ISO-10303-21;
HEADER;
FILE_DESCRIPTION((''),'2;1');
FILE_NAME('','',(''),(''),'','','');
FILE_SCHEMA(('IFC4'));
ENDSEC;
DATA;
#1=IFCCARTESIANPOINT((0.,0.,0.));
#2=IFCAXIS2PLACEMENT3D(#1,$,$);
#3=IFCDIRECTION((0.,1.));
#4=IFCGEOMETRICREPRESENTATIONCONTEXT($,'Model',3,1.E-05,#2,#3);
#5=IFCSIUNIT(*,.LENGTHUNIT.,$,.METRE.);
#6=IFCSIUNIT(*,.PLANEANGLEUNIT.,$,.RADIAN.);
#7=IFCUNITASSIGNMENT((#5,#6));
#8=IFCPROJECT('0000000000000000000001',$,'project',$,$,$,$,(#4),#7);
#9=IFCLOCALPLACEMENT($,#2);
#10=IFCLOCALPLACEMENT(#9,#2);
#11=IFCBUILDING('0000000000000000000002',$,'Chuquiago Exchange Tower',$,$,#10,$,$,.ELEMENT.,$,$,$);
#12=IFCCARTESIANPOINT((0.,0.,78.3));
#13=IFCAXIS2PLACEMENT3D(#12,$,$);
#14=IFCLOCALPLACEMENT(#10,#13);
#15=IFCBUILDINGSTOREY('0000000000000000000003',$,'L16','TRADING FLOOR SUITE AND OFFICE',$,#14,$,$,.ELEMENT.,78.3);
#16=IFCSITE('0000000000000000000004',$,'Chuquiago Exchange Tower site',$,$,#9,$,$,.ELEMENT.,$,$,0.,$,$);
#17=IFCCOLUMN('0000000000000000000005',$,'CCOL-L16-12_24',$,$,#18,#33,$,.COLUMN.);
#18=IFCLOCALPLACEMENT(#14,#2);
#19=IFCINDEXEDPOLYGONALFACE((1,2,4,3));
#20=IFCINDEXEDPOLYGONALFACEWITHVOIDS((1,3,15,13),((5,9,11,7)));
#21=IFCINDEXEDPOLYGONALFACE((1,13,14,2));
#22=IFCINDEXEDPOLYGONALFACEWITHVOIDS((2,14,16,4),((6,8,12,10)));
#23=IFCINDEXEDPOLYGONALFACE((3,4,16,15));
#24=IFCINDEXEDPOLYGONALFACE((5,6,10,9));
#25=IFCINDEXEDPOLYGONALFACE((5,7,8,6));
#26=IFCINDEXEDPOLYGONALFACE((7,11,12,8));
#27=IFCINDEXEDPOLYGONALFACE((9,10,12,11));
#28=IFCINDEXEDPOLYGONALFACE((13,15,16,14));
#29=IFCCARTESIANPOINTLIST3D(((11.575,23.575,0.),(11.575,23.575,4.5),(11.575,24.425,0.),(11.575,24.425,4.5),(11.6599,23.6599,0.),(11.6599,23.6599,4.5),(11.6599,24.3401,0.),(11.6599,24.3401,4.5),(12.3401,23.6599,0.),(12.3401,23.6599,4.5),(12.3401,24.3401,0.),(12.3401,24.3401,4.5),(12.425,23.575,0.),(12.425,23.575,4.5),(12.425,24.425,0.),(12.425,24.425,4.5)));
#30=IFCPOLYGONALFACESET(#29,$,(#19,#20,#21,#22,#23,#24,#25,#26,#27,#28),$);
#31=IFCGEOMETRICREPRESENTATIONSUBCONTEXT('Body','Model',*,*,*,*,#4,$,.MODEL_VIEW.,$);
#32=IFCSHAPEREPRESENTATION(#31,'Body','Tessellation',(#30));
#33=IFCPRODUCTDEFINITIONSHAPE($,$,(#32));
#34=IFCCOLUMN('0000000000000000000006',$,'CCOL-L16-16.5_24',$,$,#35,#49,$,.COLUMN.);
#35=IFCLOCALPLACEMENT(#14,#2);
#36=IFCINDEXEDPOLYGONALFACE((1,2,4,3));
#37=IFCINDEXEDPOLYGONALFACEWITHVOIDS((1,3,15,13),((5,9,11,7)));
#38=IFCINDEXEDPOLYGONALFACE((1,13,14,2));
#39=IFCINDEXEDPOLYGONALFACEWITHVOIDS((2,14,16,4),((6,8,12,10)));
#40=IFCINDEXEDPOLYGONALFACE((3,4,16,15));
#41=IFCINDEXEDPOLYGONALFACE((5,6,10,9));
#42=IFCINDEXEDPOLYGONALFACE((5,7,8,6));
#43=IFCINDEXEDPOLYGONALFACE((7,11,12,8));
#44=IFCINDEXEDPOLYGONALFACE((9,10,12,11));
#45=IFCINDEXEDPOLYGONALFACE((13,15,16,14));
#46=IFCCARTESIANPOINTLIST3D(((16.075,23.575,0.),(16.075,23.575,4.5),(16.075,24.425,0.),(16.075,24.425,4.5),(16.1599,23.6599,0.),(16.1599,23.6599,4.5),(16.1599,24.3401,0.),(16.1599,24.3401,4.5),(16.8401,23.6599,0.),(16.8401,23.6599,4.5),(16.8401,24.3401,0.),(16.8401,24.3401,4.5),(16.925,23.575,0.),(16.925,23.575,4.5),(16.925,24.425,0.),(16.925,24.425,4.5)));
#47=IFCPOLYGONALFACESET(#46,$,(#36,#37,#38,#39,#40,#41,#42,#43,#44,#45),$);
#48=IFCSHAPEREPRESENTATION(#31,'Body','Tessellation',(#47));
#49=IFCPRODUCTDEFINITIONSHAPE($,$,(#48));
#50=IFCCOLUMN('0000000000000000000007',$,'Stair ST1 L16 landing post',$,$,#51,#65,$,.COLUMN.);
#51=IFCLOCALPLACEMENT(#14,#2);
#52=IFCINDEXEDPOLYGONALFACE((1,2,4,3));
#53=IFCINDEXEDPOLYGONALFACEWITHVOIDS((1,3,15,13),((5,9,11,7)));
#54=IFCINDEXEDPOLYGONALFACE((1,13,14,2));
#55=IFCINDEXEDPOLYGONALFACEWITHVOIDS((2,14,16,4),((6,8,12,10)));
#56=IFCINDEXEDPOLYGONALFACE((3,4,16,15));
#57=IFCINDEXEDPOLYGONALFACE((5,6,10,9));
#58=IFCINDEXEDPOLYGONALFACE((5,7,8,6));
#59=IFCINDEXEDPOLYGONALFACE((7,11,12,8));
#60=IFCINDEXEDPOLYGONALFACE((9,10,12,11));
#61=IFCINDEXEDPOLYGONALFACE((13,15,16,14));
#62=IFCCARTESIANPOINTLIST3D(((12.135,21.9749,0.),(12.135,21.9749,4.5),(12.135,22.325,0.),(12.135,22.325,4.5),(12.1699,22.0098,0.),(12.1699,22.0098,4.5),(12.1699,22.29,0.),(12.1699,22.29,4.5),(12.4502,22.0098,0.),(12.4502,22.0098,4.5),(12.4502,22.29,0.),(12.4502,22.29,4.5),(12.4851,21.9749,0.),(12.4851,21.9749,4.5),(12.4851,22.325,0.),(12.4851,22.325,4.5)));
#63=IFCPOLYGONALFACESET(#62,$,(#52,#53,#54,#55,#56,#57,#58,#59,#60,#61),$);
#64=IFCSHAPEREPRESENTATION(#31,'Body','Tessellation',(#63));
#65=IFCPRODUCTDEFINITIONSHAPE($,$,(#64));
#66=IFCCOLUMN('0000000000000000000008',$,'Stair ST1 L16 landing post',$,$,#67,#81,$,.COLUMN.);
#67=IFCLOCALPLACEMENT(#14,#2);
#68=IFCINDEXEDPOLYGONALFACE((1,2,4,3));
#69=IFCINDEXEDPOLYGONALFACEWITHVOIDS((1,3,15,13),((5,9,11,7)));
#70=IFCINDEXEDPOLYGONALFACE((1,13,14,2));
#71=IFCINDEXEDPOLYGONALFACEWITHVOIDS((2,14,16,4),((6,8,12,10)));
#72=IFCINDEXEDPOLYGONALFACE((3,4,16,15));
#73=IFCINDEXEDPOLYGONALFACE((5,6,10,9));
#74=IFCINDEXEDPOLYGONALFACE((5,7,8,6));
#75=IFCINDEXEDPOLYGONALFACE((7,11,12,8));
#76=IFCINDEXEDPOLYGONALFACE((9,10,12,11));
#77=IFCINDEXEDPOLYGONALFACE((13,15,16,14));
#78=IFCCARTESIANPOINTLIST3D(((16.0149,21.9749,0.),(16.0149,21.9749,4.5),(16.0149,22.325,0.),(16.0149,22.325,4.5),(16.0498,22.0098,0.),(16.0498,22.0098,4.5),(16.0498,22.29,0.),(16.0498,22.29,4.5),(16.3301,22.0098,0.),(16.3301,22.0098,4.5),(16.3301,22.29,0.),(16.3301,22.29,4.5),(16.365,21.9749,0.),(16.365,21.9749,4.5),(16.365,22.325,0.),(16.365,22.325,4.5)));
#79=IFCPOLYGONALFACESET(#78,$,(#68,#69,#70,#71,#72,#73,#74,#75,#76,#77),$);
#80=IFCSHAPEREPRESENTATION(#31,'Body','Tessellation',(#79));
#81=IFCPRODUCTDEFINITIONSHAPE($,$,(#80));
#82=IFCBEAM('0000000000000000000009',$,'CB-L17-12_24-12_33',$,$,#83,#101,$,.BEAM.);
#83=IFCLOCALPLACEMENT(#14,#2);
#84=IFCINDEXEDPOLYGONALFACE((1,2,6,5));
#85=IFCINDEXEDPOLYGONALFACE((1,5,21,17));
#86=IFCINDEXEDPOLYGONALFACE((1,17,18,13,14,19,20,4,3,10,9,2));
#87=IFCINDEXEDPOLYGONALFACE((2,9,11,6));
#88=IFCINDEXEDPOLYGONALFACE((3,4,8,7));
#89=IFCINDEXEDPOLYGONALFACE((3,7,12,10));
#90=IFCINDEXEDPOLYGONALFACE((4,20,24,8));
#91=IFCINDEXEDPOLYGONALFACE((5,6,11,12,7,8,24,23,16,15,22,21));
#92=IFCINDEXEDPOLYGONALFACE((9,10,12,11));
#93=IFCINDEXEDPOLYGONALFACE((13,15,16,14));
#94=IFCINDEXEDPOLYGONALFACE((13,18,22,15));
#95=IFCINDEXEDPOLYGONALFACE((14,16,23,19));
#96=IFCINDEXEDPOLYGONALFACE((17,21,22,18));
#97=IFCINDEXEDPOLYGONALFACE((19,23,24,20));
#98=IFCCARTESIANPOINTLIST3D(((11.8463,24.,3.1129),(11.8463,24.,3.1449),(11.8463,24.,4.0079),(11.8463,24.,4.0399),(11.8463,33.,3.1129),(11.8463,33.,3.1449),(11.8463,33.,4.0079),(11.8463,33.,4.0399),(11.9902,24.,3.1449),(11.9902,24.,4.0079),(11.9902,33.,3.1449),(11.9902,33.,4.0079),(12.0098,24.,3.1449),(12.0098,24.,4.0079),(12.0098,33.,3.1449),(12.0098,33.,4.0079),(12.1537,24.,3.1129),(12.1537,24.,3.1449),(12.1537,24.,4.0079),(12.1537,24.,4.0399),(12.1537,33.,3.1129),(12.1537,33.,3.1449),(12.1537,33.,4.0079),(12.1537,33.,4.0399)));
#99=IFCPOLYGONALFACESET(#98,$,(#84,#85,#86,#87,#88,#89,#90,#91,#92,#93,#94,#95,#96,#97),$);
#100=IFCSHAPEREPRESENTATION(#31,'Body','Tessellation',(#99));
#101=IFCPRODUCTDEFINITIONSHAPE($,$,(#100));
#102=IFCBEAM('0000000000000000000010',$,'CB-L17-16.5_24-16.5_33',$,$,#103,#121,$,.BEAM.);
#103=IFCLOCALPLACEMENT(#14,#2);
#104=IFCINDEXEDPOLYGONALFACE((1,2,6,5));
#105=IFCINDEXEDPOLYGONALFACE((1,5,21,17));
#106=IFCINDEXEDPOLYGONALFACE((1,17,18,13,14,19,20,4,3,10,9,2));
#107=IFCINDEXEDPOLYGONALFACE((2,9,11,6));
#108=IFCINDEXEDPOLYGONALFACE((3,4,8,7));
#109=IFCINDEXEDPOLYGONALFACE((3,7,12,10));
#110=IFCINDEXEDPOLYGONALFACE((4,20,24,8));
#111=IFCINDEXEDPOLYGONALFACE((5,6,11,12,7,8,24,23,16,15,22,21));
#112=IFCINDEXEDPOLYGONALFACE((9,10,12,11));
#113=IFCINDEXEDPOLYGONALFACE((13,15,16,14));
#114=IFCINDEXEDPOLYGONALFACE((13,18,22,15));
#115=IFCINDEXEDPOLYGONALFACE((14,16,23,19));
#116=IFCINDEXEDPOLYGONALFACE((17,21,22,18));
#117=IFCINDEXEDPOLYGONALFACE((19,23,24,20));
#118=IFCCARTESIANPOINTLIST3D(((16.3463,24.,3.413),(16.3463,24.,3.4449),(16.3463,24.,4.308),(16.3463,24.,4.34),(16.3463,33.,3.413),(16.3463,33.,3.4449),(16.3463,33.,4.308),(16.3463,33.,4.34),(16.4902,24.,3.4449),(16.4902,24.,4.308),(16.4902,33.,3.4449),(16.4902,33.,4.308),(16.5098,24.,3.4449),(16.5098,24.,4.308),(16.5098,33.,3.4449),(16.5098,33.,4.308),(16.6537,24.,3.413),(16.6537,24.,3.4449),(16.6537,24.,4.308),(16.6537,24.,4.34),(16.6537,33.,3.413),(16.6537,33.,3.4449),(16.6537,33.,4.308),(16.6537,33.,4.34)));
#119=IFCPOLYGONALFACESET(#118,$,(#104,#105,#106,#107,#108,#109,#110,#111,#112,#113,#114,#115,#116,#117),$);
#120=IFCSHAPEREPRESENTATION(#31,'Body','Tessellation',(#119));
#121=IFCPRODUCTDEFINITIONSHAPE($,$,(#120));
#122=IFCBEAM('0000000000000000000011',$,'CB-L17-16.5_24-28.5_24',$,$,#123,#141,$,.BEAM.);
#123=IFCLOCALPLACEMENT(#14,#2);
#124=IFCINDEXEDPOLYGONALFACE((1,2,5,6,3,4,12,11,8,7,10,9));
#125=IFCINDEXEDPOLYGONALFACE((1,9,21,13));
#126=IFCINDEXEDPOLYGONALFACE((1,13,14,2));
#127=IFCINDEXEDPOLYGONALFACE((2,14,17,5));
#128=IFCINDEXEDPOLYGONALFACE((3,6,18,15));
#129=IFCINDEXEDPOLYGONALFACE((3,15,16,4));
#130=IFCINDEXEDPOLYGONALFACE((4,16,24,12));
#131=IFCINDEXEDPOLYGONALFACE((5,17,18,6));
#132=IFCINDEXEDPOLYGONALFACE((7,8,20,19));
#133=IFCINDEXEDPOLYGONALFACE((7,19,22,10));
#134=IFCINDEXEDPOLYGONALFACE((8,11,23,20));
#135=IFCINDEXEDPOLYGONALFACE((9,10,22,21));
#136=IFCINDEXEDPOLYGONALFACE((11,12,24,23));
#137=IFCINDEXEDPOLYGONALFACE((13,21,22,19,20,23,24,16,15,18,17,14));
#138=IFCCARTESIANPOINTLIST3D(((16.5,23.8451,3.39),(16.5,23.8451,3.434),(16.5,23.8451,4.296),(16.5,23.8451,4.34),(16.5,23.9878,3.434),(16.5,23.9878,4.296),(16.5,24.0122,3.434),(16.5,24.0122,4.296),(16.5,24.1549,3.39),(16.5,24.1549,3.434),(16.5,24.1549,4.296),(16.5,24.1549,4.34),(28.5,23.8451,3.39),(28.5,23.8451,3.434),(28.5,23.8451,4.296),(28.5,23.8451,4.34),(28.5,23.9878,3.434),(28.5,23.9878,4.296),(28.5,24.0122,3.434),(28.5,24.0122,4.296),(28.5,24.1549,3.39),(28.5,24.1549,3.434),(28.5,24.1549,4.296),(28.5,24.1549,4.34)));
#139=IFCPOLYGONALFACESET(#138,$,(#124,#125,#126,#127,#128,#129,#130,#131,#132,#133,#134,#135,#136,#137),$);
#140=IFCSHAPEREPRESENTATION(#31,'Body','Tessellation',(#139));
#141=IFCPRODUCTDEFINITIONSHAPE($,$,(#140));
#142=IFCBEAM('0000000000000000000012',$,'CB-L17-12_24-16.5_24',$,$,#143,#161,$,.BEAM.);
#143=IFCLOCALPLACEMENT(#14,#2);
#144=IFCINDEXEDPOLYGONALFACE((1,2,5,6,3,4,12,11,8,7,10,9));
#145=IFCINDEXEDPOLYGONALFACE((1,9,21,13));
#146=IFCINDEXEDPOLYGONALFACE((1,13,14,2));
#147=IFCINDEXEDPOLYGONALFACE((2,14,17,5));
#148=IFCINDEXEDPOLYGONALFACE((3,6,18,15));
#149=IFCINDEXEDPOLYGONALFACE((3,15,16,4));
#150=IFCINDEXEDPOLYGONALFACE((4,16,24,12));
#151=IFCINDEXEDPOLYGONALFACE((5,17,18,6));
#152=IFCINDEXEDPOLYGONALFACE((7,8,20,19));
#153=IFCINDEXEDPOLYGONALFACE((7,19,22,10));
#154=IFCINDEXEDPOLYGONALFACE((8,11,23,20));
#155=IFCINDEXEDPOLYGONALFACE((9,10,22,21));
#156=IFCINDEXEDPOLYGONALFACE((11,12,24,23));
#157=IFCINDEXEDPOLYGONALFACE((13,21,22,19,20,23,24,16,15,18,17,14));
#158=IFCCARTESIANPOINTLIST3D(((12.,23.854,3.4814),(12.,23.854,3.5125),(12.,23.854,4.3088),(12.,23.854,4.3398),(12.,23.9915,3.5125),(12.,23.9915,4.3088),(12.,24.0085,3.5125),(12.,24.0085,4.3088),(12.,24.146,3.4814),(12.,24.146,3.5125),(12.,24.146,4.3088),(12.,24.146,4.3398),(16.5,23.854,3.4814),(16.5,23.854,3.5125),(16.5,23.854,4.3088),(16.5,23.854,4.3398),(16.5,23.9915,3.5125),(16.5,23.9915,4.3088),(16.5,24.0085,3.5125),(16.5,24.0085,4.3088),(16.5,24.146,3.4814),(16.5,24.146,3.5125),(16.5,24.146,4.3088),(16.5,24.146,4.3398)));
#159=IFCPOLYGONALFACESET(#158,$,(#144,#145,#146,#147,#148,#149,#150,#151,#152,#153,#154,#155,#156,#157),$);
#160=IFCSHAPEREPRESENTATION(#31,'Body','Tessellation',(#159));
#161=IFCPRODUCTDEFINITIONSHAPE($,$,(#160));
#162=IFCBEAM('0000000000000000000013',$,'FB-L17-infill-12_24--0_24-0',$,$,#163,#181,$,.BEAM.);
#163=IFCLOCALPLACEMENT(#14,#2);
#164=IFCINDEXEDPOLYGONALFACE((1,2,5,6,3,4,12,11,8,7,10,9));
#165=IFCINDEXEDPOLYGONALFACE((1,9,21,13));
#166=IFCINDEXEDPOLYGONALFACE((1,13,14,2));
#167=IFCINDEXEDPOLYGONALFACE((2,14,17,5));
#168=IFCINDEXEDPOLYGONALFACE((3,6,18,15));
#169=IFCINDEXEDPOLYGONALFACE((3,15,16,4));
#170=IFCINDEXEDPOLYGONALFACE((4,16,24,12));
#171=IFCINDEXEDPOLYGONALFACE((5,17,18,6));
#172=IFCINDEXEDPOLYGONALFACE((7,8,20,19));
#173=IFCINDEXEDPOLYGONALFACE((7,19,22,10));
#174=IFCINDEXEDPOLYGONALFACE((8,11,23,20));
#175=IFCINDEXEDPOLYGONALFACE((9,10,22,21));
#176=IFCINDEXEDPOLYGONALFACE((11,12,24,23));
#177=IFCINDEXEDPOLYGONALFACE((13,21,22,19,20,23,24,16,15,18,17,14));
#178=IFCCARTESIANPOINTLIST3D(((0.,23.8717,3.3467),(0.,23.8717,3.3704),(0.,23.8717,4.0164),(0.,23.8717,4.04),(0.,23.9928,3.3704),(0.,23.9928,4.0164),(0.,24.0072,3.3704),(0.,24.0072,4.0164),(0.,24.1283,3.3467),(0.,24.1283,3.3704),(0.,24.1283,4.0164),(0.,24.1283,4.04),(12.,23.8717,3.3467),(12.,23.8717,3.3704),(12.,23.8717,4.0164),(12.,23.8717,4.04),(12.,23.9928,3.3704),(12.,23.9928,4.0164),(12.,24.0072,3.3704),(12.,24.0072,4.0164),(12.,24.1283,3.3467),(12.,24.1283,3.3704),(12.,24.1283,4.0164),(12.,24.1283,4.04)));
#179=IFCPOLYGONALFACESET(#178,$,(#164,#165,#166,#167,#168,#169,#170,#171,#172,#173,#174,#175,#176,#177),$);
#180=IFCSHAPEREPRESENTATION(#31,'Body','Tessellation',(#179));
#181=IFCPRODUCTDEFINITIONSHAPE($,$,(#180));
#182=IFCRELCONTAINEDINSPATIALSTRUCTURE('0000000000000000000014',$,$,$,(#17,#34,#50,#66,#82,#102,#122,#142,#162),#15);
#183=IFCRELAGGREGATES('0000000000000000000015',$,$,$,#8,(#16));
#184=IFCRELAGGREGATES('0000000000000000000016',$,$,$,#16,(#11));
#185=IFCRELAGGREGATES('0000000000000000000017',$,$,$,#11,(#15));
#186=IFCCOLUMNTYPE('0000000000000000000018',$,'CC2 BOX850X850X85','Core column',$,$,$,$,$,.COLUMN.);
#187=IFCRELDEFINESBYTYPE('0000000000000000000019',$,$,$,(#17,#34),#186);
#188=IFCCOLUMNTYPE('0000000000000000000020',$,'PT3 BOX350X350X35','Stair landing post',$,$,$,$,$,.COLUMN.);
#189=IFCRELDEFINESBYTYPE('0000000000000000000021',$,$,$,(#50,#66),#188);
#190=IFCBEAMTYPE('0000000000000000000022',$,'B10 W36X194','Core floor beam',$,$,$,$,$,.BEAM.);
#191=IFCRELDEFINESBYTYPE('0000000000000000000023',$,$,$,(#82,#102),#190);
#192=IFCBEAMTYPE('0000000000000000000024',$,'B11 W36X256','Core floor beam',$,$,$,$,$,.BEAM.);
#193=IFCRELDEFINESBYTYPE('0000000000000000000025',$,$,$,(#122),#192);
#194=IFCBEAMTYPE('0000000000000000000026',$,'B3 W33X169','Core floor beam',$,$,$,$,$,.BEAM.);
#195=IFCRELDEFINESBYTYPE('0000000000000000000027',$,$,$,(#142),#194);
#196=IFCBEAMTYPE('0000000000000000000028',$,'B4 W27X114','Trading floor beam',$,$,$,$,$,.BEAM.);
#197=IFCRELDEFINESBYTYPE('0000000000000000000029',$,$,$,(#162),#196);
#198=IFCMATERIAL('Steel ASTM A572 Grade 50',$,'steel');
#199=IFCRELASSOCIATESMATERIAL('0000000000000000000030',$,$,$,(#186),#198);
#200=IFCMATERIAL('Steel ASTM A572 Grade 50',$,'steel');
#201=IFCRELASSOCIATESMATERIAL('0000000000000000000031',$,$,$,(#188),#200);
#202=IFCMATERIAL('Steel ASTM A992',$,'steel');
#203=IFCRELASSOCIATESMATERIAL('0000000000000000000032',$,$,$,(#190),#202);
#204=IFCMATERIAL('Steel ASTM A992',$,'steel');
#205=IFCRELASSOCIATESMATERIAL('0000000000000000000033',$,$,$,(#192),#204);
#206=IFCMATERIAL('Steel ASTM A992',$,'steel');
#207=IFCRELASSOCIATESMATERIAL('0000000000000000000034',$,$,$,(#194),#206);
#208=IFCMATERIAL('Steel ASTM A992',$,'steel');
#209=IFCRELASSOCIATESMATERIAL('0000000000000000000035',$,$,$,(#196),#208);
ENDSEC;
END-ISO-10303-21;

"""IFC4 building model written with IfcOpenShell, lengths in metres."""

from ifc_helpers import new_model, si_unit, direction, frame, origin, origin_2d, place, context, subcontext, project, spatial, hollow_rectangle, i_section, extrude, material, material_profile, profile_set, type_object, element, save


model = new_model("IFC4")

# Units and contexts
model_context = context("Model", 3, precision=1e-05, world=origin(), true_north=direction((0.0, 1.0)))
body_context = subcontext(model_context, "Body", "Model", "MODEL_VIEW")
ifc_project = project(units=[si_unit("LENGTHUNIT", "METRE"), si_unit("PLANEANGLEUNIT", "RADIAN")], contexts=[model_context])

# Site, building, storey
site_placement = place(None, origin())
site = spatial("IfcSite", under=ifc_project, at=site_placement, Name="Chuquiago Exchange Tower site", CompositionType="ELEMENT", RefElevation=0.0)
building_placement = place(site_placement, origin())
building = spatial("IfcBuilding", under=site, at=building_placement, Name="Chuquiago Exchange Tower", CompositionType="ELEMENT")
storey_placement = place(building_placement, frame((0.0, 0.0, 78.3)))
storey = spatial("IfcBuildingStorey", under=building, at=storey_placement, Name="L16", Description="TRADING FLOOR SUITE AND OFFICE", CompositionType="ELEMENT", Elevation=78.3)

# Columns
ifc_material_1 = material(Name="Steel ASTM A572 Grade 50", Category="steel")
ifc_material_profile_1 = material_profile(ifc_material_1, hollow_rectangle(XDim=0.8501, YDim=0.8501, WallThickness=0.085, at=origin_2d()), Name="BOX850X850X85")
ifc_profile_set_1 = profile_set([ifc_material_profile_1], Name="Steel ASTM A572 Grade 50")
column_type_1 = type_object("IfcColumnType", Name="CC2 BOX850X850X85", Description="Core column", PredefinedType="COLUMN", material=ifc_profile_set_1)
for number, where, z_axis, x_axis, name in (
    (1, (12.0, 24.0, 0.0), (0.0, 0.0, 1.0), (1.0, 0.0, 0.0), "CCOL-L16-12_24"),
    (2, (16.5, 24.0, 0.0), (0.0, 0.0, 1.0), (1.0, 0.0, 0.0), "CCOL-L16-16.5_24"),
):
    element("IfcColumn", number, at=place(storey_placement, frame(where, z_axis=z_axis, x_axis=x_axis)), inside=storey, type_object=column_type_1, Name=name, PredefinedType="COLUMN", context=body_context, shape_type="SweptSolid", body=[
        extrude(hollow_rectangle(XDim=0.8501, YDim=0.8501, WallThickness=0.085, at=origin_2d()), origin(), (0.0, 0.0, 1.0), 4.5),
    ])
ifc_material_2 = material(Name="Steel ASTM A572 Grade 50", Category="steel")
ifc_material_profile_2 = material_profile(ifc_material_2, hollow_rectangle(XDim=0.3501, YDim=0.3501, WallThickness=0.0349, at=origin_2d()), Name="BOX350X350X35")
ifc_profile_set_2 = profile_set([ifc_material_profile_2], Name="Steel ASTM A572 Grade 50")
column_type_2 = type_object("IfcColumnType", Name="PT3 BOX350X350X35", Description="Stair landing post", PredefinedType="COLUMN", material=ifc_profile_set_2)
for number, where, z_axis, x_axis, name in (
    (3, (12.3101, 22.1499, 0.0), (0.0, 0.0, 1.0), (1.0, 0.0, 0.0), "Stair ST1 L16 landing post"),
    (4, (16.1899, 22.1499, 0.0), (0.0, 0.0, 1.0), (1.0, 0.0, 0.0), "Stair ST1 L16 landing post"),
):
    element("IfcColumn", number, at=place(storey_placement, frame(where, z_axis=z_axis, x_axis=x_axis)), inside=storey, type_object=column_type_2, Name=name, PredefinedType="COLUMN", context=body_context, shape_type="SweptSolid", body=[
        extrude(hollow_rectangle(XDim=0.3501, YDim=0.3501, WallThickness=0.0349, at=origin_2d()), origin(), (0.0, 0.0, 1.0), 4.5),
    ])

# Beams
ifc_material_3 = material(Name="Steel ASTM A992", Category="steel")
ifc_material_profile_3 = material_profile(ifc_material_3, i_section(OverallWidth=0.3074, OverallDepth=0.927, WebThickness=0.0195, FlangeThickness=0.032, at=origin_2d()), Name="W36X194")
ifc_profile_set_3 = profile_set([ifc_material_profile_3], Name="Steel ASTM A992")
beam_type_1 = type_object("IfcBeamType", Name="B10 W36X194", Description="Core floor beam", PredefinedType="BEAM", material=ifc_profile_set_3)
for number, where, z_axis, x_axis, name in (
    (5, (12.0, 24.0, 3.5764), (0.0, 1.0, 0.0), (-1.0, 0.0, 0.0), "CB-L17-12_24-12_33"),
    (6, (16.5, 24.0, 3.8765), (0.0, 1.0, 0.0), (-1.0, 0.0, 0.0), "CB-L17-16.5_24-16.5_33"),
):
    element("IfcBeam", number, at=place(storey_placement, frame(where, z_axis=z_axis, x_axis=x_axis)), inside=storey, type_object=beam_type_1, Name=name, PredefinedType="BEAM", context=body_context, shape_type="SweptSolid", body=[
        extrude(i_section(OverallWidth=0.3074, OverallDepth=0.927, WebThickness=0.0195, FlangeThickness=0.032, at=origin_2d()), origin(), (0.0, 0.0, 1.0), 9.0),
    ])
ifc_material_4 = material(Name="Steel ASTM A992", Category="steel")
ifc_material_profile_4 = material_profile(ifc_material_4, i_section(OverallWidth=0.3098, OverallDepth=0.95, WebThickness=0.0244, FlangeThickness=0.0439, at=origin_2d()), Name="W36X256")
ifc_profile_set_4 = profile_set([ifc_material_profile_4], Name="Steel ASTM A992")
beam_type_2 = type_object("IfcBeamType", Name="B11 W36X256", Description="Core floor beam", PredefinedType="BEAM", material=ifc_profile_set_4)
beam_1_placement = place(storey_placement, frame((16.5, 24.0, 3.865), z_axis=(1.0, 0.0, 0.0), x_axis=(0.0, 1.0, 0.0)))
element("IfcBeam", 7, at=beam_1_placement, inside=storey, type_object=beam_type_2, Name="CB-L17-16.5_24-28.5_24", PredefinedType="BEAM", context=body_context, shape_type="SweptSolid", body=[
    extrude(i_section(OverallWidth=0.3098, OverallDepth=0.95, WebThickness=0.0244, FlangeThickness=0.0439, at=origin_2d()), origin(), (0.0, 0.0, 1.0), 12.0),
])
ifc_material_5 = material(Name="Steel ASTM A992", Category="steel")
ifc_material_profile_5 = material_profile(ifc_material_5, i_section(OverallWidth=0.292, OverallDepth=0.8584, WebThickness=0.0171, FlangeThickness=0.031, at=origin_2d()), Name="W33X169")
ifc_profile_set_5 = profile_set([ifc_material_profile_5], Name="Steel ASTM A992")
beam_type_3 = type_object("IfcBeamType", Name="B3 W33X169", Description="Core floor beam", PredefinedType="BEAM", material=ifc_profile_set_5)
beam_2_placement = place(storey_placement, frame((12.0, 24.0, 3.9106), z_axis=(1.0, 0.0, 0.0), x_axis=(0.0, 1.0, 0.0)))
element("IfcBeam", 8, at=beam_2_placement, inside=storey, type_object=beam_type_3, Name="CB-L17-12_24-16.5_24", PredefinedType="BEAM", context=body_context, shape_type="SweptSolid", body=[
    extrude(i_section(OverallWidth=0.292, OverallDepth=0.8584, WebThickness=0.0171, FlangeThickness=0.031, at=origin_2d()), origin(), (0.0, 0.0, 1.0), 4.5),
])
ifc_material_6 = material(Name="Steel ASTM A992", Category="steel")
ifc_material_profile_6 = material_profile(ifc_material_6, i_section(OverallWidth=0.2566, OverallDepth=0.6934, WebThickness=0.0144, FlangeThickness=0.0237, at=origin_2d()), Name="W27X114")
ifc_profile_set_6 = profile_set([ifc_material_profile_6], Name="Steel ASTM A992")
beam_type_4 = type_object("IfcBeamType", Name="B4 W27X114", Description="Trading floor beam", PredefinedType="BEAM", material=ifc_profile_set_6)
for number, where, z_axis, x_axis, name in (
    (9, (12.0, 24.0, 3.6934), (-1.0, 0.0, 0.0), (0.0, -1.0, 0.0), "FB-L17-infill-12_24--0_24-0"),
):
    element("IfcBeam", number, at=place(storey_placement, frame(where, z_axis=z_axis, x_axis=x_axis)), inside=storey, type_object=beam_type_4, Name=name, PredefinedType="BEAM", context=body_context, shape_type="SweptSolid", body=[
        extrude(i_section(OverallWidth=0.2566, OverallDepth=0.6934, WebThickness=0.0144, FlangeThickness=0.0237, at=origin_2d()), origin(), (0.0, 0.0, 1.0), 12.0),
    ])

save(model, "model.ifc")
